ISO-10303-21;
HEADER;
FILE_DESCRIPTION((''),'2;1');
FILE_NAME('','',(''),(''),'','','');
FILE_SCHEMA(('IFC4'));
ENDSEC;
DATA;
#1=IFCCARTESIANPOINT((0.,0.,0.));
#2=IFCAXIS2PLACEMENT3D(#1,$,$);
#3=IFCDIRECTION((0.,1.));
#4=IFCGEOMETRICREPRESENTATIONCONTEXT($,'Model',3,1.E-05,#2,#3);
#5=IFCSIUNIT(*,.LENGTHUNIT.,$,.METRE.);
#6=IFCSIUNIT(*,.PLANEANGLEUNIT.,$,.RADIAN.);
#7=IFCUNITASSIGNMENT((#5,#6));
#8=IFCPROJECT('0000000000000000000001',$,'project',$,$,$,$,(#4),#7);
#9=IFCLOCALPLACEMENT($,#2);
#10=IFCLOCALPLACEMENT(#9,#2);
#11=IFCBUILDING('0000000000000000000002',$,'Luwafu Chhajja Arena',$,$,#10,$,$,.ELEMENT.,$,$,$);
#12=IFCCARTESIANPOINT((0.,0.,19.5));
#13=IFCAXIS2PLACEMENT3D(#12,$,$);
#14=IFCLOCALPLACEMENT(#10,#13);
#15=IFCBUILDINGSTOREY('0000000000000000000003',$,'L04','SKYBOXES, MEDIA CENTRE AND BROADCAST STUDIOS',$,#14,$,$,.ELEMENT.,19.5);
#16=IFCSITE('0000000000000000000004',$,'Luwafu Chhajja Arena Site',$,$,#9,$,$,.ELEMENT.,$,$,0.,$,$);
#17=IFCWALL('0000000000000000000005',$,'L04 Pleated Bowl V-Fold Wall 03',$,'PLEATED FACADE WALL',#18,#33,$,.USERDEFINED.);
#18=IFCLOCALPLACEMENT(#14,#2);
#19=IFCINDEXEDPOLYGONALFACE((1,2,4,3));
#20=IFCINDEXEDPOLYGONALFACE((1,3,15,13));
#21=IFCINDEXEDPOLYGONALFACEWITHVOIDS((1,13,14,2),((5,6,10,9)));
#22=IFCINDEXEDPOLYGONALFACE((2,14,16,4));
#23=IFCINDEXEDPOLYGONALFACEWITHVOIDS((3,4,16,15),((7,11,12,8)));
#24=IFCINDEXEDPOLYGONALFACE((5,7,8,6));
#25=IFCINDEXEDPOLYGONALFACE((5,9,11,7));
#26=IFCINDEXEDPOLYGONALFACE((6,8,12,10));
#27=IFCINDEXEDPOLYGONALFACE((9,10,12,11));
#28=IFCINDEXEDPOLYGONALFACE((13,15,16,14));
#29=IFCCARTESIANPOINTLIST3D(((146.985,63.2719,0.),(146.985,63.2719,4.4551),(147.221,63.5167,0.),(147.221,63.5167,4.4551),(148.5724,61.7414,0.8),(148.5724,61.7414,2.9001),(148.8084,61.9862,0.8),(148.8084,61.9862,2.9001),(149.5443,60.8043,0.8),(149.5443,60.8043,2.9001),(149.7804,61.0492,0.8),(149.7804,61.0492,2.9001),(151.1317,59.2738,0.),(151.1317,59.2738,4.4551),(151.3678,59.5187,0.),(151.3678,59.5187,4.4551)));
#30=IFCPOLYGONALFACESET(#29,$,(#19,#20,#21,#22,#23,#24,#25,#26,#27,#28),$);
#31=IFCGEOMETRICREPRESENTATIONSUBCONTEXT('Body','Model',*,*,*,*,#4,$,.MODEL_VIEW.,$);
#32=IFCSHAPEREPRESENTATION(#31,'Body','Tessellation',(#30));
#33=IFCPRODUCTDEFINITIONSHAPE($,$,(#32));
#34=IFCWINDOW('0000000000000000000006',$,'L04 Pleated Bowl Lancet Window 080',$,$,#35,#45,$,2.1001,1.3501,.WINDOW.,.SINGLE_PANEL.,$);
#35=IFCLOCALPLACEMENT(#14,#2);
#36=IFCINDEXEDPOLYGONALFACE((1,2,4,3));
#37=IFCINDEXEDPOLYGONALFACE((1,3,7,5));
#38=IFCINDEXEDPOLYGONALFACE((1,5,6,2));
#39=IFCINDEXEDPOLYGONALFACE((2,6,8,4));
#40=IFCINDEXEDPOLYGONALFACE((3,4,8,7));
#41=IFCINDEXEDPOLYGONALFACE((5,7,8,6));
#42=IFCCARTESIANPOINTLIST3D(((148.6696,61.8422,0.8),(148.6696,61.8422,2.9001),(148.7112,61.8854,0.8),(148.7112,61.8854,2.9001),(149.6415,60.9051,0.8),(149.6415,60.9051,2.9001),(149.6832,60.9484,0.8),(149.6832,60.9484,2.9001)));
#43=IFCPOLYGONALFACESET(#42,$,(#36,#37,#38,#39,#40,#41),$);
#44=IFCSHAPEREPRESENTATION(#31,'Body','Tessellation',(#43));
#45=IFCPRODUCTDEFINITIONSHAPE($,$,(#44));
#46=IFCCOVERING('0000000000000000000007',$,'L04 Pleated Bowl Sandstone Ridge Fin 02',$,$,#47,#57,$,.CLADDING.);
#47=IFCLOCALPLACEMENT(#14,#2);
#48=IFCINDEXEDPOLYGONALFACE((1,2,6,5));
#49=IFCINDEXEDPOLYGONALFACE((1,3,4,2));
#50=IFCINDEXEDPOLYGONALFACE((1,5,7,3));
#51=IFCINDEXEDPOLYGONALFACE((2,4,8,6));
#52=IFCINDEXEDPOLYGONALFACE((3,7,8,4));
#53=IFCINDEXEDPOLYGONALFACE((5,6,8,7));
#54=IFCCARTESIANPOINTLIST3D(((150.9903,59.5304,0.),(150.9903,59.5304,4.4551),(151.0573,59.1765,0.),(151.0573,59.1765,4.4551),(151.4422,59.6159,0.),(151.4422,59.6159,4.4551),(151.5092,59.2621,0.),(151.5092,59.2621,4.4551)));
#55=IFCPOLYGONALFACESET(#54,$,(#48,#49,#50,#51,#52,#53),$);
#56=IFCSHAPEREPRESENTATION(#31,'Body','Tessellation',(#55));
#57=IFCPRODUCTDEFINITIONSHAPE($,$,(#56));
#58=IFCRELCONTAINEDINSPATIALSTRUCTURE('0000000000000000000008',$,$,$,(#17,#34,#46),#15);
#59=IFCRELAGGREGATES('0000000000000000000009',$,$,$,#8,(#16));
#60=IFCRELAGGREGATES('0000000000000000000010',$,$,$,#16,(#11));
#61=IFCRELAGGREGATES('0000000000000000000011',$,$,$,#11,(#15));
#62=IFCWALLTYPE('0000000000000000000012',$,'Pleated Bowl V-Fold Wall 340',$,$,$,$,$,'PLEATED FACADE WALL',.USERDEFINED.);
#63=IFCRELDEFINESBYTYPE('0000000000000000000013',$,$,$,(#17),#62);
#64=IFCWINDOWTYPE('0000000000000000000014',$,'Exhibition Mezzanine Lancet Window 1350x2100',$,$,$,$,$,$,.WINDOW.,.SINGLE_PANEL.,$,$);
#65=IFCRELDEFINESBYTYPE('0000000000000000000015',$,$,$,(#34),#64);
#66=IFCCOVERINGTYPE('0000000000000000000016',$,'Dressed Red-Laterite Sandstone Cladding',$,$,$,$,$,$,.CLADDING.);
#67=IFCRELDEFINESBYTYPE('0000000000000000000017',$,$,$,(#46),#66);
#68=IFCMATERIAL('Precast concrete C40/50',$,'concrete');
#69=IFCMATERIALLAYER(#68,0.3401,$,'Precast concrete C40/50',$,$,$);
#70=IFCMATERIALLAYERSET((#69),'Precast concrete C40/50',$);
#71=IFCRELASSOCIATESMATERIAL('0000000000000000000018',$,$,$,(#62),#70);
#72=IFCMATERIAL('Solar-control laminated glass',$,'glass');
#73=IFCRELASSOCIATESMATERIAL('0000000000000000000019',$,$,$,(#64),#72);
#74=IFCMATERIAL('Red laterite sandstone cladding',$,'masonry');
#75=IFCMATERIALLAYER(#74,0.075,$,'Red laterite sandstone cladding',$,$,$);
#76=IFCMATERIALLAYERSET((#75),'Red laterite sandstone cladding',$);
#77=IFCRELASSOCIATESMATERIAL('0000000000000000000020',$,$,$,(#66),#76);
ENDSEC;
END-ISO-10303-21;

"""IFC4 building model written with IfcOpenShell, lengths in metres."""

from ifc_helpers import new_model, si_unit, direction, frame, frame_2d, origin, origin_2d, place, context, subcontext, project, spatial, rectangle, extrude, material, layer, layer_set, type_object, element, fill, save


model = new_model("IFC4")

# Units and contexts
model_context = context("Model", 3, precision=1e-05, world=origin(), true_north=direction((0.0, 1.0)))
body_context = subcontext(model_context, "Body", "Model", "MODEL_VIEW")
ifc_project = project(units=[si_unit("LENGTHUNIT", "METRE"), si_unit("PLANEANGLEUNIT", "RADIAN")], contexts=[model_context])

# Site, building, storey
site_placement = place(None, origin())
site = spatial("IfcSite", under=ifc_project, at=site_placement, Name="Luwafu Chhajja Arena Site", CompositionType="ELEMENT", RefElevation=0.0)
building_placement = place(site_placement, origin())
building = spatial("IfcBuilding", under=site, at=building_placement, Name="Luwafu Chhajja Arena", CompositionType="ELEMENT")
storey_placement = place(building_placement, frame((0.0, 0.0, 19.5)))
storey = spatial("IfcBuildingStorey", under=building, at=storey_placement, Name="L04", Description="SKYBOXES, MEDIA CENTRE AND BROADCAST STUDIOS", CompositionType="ELEMENT", Elevation=19.5)

# Shared definitions
ifc_material_1 = material(Name="Solar-control laminated glass", Category="glass")

# Wall, opening, window
ifc_material_2 = material(Name="Precast concrete C40/50", Category="concrete")
ifc_layer_1 = layer(ifc_material_2, 0.3401, Name="Precast concrete C40/50")
ifc_layer_set_1 = layer_set([ifc_layer_1], Name="Precast concrete C40/50")
wall_type = type_object("IfcWallType", Name="Pleated Bowl V-Fold Wall 340", ElementType="PLEATED FACADE WALL", PredefinedType="USERDEFINED", material=ifc_layer_set_1)
wall_placement = place(storey_placement, frame((151.2498, 59.3962, 0.0), z_axis=(0.0, 0.0, 1.0), x_axis=(-0.719895, 0.694083, 0.0)))
wall = element("IfcWall", 1, at=wall_placement, inside=storey, type_object=wall_type, Name="L04 Pleated Bowl V-Fold Wall 03", ObjectType="PLEATED FACADE WALL", PredefinedType="USERDEFINED", context=body_context, shape_type="SweptSolid", body=[
    extrude(rectangle(XDim=5.7603, YDim=0.3401, at=frame_2d((2.8801, 0.0))), origin(), (0.0, 0.0, 1.0), 4.4551),
])
opening_placement = place(wall_placement, frame((2.2051, 0.0, 0.8)))
opening = element("IfcOpeningElement", 2, at=opening_placement, cuts=wall, PredefinedType="OPENING", context=body_context, shape_type="SweptSolid", body=[
    extrude(rectangle(XDim=1.3501, YDim=2.1001, at=frame_2d((0.675, 1.05))), frame((0.0, 0.1799, 0.0), z_axis=(0.0, -1.0, 0.0), x_axis=(1.0, 0.0, 0.0)), (0.0, 0.0, 1.0), 0.3601),
])
window_type = type_object("IfcWindowType", Name="Exhibition Mezzanine Lancet Window 1350x2100", PartitioningType="SINGLE_PANEL", PredefinedType="WINDOW", material=ifc_material_1)
window_placement = place(opening_placement, origin())
window = element("IfcWindow", 3, at=window_placement, inside=storey, type_object=window_type, Name="L04 Pleated Bowl Lancet Window 080", OverallHeight=2.1001, OverallWidth=1.3501, PartitioningType="SINGLE_PANEL", PredefinedType="WINDOW", context=body_context, shape_type="SweptSolid", body=[
    extrude(rectangle(XDim=1.3501, YDim=2.1001, at=frame_2d((0.675, 1.05))), frame((0.0, 0.03, 0.0), z_axis=(0.0, -1.0, 0.0), x_axis=(1.0, 0.0, 0.0)), (0.0, 0.0, 1.0), 0.0601),
])
fill(opening, window)

# Covering
ifc_material_3 = material(Name="Red laterite sandstone cladding", Category="masonry")
ifc_layer_2 = layer(ifc_material_3, 0.075, Name="Red laterite sandstone cladding")
ifc_layer_set_2 = layer_set([ifc_layer_2], Name="Red laterite sandstone cladding")
covering_type = type_object("IfcCoveringType", Name="Dressed Red-Laterite Sandstone Cladding", PredefinedType="CLADDING", material=ifc_layer_set_2)
covering_placement = place(storey_placement, frame((151.2498, 59.3962, 0.0), z_axis=(0.0, 0.0, 1.0), x_axis=(0.982532, 0.186093, 0.0)))
element("IfcCovering", 4, at=covering_placement, inside=storey, type_object=covering_type, Name="L04 Pleated Bowl Sandstone Ridge Fin 02", PredefinedType="CLADDING", context=body_context, shape_type="SweptSolid", body=[
    extrude(rectangle(XDim=0.46, YDim=0.3601, at=origin_2d()), origin(), (0.0, 0.0, 1.0), 4.4551),
])

save(model, "model.ifc")
